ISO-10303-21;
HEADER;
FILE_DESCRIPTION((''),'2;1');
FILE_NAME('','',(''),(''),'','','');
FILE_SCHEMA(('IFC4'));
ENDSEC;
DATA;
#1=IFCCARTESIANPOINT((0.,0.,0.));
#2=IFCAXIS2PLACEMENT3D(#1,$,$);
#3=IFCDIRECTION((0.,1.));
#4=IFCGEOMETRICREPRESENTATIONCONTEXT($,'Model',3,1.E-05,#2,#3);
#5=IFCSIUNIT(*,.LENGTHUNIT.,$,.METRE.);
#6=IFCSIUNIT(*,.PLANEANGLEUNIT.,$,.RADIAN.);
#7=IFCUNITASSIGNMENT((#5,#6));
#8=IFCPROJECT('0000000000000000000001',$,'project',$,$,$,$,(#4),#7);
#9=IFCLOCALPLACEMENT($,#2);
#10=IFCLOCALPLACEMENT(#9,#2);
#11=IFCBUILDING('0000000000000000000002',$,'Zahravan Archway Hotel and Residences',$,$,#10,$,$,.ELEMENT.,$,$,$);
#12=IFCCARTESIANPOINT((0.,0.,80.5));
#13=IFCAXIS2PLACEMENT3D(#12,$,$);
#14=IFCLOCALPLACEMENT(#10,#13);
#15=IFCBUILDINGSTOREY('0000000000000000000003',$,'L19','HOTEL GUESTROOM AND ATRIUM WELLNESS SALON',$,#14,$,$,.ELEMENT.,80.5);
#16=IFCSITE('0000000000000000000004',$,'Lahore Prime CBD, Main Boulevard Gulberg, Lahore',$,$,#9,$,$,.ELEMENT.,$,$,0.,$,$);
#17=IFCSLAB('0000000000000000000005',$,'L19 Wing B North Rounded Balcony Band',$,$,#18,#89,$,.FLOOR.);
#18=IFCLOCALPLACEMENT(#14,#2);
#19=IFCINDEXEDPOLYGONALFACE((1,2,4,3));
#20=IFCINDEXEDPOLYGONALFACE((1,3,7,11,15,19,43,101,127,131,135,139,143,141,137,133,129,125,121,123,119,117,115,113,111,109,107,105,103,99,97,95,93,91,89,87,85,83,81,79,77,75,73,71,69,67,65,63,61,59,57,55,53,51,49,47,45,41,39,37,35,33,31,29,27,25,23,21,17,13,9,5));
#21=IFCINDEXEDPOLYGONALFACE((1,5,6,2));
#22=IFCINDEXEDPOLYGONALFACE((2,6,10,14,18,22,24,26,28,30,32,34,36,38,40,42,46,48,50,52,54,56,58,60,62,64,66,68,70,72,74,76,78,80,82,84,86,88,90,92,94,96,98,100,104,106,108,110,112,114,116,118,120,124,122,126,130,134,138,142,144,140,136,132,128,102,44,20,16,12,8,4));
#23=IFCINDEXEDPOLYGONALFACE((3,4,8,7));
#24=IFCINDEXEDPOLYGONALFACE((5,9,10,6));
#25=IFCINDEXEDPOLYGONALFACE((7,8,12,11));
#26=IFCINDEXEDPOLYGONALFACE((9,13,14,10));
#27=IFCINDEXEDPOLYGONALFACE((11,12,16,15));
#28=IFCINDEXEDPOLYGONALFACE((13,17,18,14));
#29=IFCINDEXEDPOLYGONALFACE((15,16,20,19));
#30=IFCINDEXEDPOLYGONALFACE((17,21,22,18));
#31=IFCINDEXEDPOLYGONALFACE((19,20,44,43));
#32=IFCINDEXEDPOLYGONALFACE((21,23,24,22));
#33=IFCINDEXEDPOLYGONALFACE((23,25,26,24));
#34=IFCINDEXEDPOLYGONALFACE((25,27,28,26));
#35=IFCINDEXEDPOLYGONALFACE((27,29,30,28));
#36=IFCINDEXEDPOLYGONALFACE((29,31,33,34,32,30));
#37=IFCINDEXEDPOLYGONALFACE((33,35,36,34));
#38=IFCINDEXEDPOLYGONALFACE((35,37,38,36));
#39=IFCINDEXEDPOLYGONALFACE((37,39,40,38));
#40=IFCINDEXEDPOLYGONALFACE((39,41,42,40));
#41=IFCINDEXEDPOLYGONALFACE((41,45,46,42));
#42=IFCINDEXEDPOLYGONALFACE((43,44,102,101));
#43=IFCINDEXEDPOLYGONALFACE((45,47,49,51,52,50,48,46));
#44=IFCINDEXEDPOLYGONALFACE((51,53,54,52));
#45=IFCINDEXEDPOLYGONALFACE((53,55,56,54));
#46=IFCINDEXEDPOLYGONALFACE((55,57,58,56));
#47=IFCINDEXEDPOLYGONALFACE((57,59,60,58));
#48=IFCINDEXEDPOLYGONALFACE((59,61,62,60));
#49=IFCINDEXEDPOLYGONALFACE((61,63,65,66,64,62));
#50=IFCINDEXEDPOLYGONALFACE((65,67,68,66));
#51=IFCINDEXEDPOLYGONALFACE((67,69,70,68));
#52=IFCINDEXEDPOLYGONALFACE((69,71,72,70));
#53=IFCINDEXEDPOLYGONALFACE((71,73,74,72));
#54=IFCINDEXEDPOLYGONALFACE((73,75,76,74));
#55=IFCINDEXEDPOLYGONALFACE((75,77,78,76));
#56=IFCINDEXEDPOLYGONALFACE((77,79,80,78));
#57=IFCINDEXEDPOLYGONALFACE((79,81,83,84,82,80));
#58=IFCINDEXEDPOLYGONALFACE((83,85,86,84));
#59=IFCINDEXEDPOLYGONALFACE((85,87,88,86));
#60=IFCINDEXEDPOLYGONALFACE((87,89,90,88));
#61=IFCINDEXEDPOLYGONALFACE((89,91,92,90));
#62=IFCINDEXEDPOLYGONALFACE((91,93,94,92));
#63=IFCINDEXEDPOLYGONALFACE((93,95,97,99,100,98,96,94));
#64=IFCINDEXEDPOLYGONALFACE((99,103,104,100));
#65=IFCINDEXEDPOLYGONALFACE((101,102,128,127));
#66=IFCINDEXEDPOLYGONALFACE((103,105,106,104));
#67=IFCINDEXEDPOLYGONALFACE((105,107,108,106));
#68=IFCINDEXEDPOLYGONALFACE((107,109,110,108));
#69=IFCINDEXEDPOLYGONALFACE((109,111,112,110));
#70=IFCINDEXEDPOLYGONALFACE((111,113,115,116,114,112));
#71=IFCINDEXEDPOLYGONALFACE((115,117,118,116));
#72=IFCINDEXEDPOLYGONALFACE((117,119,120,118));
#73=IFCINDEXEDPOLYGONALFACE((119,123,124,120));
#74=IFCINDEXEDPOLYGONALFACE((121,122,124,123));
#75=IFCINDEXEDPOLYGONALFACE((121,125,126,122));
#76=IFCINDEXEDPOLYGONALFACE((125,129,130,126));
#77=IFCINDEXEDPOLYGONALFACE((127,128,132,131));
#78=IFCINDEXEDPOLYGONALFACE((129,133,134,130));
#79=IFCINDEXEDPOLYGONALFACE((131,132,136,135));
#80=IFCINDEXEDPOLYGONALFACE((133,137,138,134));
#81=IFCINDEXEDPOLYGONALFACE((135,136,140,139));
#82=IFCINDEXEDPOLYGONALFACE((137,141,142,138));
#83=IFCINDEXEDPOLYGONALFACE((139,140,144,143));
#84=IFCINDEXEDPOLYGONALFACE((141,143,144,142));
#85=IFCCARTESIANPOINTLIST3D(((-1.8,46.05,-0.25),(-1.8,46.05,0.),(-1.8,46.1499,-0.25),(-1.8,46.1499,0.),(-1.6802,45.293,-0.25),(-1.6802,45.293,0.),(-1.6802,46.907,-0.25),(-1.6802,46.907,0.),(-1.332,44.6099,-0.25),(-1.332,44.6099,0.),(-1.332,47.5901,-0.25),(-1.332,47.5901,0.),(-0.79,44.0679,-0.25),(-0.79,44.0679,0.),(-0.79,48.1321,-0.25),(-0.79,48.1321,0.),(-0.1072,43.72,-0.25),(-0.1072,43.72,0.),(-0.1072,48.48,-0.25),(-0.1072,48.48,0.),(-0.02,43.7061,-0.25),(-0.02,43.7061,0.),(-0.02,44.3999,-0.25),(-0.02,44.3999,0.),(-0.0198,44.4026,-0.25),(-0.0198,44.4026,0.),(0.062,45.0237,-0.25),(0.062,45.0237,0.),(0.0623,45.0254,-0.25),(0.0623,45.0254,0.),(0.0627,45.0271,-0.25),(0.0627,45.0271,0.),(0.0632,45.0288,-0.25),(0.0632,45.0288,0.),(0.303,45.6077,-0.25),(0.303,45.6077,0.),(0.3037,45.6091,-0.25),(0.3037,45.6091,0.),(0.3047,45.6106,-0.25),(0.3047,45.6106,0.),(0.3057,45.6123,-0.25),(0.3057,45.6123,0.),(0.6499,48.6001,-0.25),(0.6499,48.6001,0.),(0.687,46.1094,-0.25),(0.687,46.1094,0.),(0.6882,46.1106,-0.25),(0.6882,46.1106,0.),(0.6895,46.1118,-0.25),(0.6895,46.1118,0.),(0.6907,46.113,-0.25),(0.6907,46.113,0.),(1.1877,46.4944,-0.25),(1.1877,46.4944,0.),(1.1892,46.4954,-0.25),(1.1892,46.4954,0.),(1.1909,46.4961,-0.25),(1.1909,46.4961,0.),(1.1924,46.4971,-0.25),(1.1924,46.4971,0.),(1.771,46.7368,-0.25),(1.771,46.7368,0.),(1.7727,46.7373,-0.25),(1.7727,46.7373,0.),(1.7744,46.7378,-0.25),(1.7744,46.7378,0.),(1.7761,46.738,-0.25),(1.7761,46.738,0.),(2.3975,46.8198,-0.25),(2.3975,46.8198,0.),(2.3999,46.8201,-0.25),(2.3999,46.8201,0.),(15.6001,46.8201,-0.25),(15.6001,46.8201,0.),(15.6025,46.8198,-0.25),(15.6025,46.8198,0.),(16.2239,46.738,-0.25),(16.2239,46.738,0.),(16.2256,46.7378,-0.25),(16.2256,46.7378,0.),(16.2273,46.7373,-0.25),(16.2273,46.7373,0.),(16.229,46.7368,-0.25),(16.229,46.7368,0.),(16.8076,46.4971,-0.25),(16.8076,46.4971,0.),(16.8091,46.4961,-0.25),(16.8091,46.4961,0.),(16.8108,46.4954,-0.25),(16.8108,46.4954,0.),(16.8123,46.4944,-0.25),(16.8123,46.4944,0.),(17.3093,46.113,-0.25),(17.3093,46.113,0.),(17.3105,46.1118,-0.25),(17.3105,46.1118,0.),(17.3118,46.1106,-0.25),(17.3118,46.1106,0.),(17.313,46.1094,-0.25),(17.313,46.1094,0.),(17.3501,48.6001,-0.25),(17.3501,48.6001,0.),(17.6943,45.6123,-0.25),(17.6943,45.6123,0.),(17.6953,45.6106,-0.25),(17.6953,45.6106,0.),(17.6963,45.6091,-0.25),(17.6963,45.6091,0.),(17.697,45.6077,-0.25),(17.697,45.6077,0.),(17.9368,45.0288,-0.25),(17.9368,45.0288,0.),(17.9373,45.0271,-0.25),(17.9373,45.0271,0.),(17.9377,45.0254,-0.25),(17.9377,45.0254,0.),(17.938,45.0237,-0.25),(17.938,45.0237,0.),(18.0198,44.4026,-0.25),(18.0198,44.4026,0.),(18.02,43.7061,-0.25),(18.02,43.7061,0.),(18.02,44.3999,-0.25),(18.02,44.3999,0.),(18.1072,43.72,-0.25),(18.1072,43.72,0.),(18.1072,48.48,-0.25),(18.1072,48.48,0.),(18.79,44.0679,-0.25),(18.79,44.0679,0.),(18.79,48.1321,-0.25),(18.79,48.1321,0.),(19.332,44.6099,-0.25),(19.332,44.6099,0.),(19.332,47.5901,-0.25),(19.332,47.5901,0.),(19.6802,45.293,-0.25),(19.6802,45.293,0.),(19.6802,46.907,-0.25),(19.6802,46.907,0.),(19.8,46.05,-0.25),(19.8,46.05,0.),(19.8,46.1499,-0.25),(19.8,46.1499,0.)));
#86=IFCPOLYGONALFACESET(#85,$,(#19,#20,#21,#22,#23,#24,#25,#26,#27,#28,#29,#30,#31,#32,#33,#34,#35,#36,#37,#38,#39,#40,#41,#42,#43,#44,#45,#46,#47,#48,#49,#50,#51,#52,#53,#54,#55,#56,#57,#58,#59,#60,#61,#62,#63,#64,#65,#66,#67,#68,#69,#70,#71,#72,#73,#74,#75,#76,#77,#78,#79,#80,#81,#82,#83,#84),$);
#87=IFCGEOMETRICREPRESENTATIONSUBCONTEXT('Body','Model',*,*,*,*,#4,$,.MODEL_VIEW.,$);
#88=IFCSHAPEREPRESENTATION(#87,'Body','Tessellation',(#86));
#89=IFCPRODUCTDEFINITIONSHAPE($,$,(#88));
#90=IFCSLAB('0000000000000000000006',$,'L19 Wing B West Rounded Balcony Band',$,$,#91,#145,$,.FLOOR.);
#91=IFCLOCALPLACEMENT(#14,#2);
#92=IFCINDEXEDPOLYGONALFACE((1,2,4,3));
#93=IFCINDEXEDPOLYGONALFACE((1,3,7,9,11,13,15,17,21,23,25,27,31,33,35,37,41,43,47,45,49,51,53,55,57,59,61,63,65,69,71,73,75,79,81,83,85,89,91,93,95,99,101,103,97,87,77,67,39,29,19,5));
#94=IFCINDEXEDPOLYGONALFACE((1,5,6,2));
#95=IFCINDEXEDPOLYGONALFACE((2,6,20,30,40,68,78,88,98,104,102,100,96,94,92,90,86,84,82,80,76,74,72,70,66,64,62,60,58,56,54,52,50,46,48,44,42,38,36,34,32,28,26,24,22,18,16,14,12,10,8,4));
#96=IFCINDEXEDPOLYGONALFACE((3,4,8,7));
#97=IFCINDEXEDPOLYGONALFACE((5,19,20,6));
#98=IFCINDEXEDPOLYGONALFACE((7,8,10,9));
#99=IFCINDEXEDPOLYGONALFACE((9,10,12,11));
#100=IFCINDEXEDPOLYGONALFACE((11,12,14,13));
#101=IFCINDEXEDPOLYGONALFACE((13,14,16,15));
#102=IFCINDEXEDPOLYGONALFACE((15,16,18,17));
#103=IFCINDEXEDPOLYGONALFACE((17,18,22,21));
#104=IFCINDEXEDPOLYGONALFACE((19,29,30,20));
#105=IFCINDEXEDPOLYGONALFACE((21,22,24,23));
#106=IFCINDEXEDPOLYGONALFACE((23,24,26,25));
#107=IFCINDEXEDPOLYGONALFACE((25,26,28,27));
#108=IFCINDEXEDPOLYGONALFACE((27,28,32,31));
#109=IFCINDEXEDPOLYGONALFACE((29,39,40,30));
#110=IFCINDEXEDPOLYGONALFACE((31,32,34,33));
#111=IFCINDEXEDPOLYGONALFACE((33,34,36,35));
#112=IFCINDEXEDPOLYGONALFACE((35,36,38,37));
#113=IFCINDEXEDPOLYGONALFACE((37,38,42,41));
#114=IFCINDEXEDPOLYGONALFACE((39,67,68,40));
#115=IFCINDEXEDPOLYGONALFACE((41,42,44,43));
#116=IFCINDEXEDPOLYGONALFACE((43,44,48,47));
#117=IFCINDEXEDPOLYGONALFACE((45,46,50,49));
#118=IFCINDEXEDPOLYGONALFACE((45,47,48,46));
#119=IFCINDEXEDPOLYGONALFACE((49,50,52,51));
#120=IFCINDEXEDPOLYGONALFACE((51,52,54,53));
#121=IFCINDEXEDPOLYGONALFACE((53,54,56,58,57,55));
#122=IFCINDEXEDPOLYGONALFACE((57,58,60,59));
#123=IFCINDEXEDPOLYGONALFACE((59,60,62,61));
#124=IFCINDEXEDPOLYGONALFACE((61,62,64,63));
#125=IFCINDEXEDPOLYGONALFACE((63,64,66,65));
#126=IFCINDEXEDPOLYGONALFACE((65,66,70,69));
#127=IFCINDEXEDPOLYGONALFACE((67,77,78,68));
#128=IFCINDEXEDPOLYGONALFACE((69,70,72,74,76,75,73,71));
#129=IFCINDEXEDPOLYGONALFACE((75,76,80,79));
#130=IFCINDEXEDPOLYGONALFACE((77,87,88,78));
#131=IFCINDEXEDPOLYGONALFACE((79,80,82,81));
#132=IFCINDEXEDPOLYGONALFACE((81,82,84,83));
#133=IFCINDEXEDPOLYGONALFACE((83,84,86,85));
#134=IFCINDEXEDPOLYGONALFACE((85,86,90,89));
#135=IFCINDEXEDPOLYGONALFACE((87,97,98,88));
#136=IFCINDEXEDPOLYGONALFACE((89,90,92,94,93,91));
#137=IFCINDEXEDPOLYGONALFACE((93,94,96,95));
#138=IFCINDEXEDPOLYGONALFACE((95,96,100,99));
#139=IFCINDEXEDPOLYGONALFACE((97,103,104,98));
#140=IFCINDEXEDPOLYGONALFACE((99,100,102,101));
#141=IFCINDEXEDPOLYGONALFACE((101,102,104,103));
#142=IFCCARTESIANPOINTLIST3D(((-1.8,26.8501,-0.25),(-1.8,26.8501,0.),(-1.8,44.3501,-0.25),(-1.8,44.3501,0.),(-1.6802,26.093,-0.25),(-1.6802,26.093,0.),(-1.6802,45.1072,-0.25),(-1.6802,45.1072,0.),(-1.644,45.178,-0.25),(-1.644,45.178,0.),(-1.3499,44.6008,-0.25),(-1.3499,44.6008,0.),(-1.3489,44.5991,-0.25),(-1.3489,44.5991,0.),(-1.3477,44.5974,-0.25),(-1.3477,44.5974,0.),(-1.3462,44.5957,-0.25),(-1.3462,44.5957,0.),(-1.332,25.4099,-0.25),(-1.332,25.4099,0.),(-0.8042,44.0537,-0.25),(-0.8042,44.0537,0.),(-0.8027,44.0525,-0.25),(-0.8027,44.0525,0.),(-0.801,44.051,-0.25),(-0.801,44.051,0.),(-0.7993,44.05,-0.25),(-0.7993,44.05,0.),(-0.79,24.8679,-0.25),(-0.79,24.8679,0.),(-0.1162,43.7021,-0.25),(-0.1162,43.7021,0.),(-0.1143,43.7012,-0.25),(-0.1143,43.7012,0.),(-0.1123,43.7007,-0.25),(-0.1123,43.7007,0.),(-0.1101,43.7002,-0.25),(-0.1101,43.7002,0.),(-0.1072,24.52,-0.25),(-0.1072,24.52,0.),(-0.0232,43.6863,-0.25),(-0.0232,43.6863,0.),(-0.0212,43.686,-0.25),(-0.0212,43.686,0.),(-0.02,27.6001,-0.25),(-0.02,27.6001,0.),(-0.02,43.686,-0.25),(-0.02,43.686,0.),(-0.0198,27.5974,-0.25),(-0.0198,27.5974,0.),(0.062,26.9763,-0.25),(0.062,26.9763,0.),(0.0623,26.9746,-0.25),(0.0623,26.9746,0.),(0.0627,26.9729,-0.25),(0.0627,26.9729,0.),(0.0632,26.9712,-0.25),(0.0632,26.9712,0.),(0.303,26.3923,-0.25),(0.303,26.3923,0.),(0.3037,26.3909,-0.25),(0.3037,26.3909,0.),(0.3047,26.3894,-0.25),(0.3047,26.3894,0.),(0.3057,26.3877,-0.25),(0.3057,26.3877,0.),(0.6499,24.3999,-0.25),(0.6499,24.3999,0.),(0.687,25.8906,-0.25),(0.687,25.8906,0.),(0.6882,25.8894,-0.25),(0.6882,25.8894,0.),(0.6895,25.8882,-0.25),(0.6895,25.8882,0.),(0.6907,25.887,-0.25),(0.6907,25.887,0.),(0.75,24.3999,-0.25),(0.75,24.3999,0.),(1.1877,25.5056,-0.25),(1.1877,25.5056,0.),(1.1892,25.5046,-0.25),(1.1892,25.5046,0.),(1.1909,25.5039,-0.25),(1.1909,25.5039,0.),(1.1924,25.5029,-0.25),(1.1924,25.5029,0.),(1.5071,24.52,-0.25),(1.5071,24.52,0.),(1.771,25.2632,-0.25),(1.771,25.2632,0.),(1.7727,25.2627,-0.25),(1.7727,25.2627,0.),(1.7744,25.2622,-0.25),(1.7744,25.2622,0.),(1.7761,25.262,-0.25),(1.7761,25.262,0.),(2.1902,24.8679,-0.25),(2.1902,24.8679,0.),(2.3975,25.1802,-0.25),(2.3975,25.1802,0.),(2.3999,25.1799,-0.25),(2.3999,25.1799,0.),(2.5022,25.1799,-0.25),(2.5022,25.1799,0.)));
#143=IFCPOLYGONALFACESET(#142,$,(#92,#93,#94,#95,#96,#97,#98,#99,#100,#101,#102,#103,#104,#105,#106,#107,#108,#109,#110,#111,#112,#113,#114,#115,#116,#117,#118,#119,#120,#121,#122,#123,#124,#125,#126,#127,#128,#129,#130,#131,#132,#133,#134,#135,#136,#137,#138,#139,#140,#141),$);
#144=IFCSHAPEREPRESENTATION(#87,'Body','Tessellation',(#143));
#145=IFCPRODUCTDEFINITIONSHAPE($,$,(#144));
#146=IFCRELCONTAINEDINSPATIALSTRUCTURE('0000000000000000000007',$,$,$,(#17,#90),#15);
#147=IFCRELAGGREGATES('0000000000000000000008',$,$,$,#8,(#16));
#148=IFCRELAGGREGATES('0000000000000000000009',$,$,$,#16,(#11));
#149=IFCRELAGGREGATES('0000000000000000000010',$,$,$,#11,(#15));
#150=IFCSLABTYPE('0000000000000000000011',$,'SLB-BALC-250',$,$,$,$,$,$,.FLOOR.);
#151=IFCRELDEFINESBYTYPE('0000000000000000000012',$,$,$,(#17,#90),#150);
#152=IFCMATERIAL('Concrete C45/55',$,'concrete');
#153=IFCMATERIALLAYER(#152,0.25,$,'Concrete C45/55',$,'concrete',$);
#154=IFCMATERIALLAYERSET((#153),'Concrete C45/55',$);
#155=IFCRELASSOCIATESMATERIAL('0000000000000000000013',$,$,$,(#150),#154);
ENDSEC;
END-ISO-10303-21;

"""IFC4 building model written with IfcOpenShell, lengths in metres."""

from ifc_helpers import new_model, si_unit, direction, frame, origin, place, context, subcontext, project, spatial, polyline, outline, extrude, material, layer, layer_set, type_object, element, save


model = new_model("IFC4")

# Units and contexts
model_context = context("Model", 3, precision=1e-05, world=origin(), true_north=direction((0.0, 1.0)))
body_context = subcontext(model_context, "Body", "Model", "MODEL_VIEW")
ifc_project = project(units=[si_unit("LENGTHUNIT", "METRE"), si_unit("PLANEANGLEUNIT", "RADIAN")], contexts=[model_context])

# Site, building, storey
site_placement = place(None, origin())
site = spatial("IfcSite", under=ifc_project, at=site_placement, Name="Lahore Prime CBD, Main Boulevard Gulberg, Lahore", CompositionType="ELEMENT", RefElevation=0.0)
building_placement = place(site_placement, origin())
building = spatial("IfcBuilding", under=site, at=building_placement, Name="Zahravan Archway Hotel and Residences", CompositionType="ELEMENT")
storey_placement = place(building_placement, frame((0.0, 0.0, 80.5)))
storey = spatial("IfcBuildingStorey", under=building, at=storey_placement, Name="L19", Description="HOTEL GUESTROOM AND ATRIUM WELLNESS SALON", CompositionType="ELEMENT", Elevation=80.5)

# Slabs
ifc_material_1 = material(Name="Concrete C45/55", Category="concrete")
ifc_layer_1 = layer(ifc_material_1, 0.25, Name="Concrete C45/55", Category="concrete")
ifc_layer_set_1 = layer_set([ifc_layer_1], Name="Concrete C45/55")
slab_type_1 = type_object("IfcSlabType", Name="SLB-BALC-250", PredefinedType="FLOOR", material=ifc_layer_set_1)
slab_1_placement = place(storey_placement, frame((0.0, 0.0, -0.25)))
element("IfcSlab", 1, at=slab_1_placement, inside=storey, type_object=slab_type_1, Name="L19 Wing B North Rounded Balcony Band", PredefinedType="FLOOR", context=body_context, shape_type="SweptSolid", body=[
    extrude(outline(polyline([(-0.1072, 43.72), (-0.79, 44.0679), (-1.332, 44.6099), (-1.6802, 45.293), (-1.8, 46.05), (-1.8, 46.1499), (-1.6802, 46.907), (-1.332, 47.5901), (-0.79, 48.1321), (-0.1072, 48.48), (0.6499, 48.6001), (17.3501, 48.6001), (18.1072, 48.48), (18.79, 48.1321), (19.332, 47.5901), (19.6802, 46.907), (19.8, 46.1499), (19.8, 46.05), (19.6802, 45.293), (19.332, 44.6099), (18.79, 44.0679), (18.1072, 43.72), (18.02, 43.7061), (18.02, 44.3999), (18.0198, 44.4026), (17.938, 45.0237), (17.9377, 45.0254), (17.9373, 45.0271), (17.9368, 45.0288), (17.697, 45.6077), (17.6963, 45.6091), (17.6953, 45.6106), (17.6943, 45.6123), (17.313, 46.1094), (17.3118, 46.1106), (17.3105, 46.1118), (17.3093, 46.113), (16.8123, 46.4944), (16.8108, 46.4954), (16.8091, 46.4961), (16.8076, 46.4971), (16.229, 46.7368), (16.2273, 46.7373), (16.2256, 46.7378), (16.2239, 46.738), (15.6025, 46.8198), (15.6001, 46.8201), (2.3999, 46.8201), (2.3975, 46.8198), (1.7761, 46.738), (1.7744, 46.7378), (1.7727, 46.7373), (1.771, 46.7368), (1.1924, 46.4971), (1.1909, 46.4961), (1.1892, 46.4954), (1.1877, 46.4944), (0.6907, 46.113), (0.6895, 46.1118), (0.6882, 46.1106), (0.687, 46.1094), (0.3057, 45.6123), (0.3047, 45.6106), (0.3037, 45.6091), (0.303, 45.6077), (0.0632, 45.0288), (0.0627, 45.0271), (0.0623, 45.0254), (0.062, 45.0237), (-0.0198, 44.4026), (-0.02, 44.3999), (-0.02, 43.7061), (-0.1072, 43.72)])), origin(), (0.0, 0.0, 1.0), 0.25),
])
slab_2_placement = place(storey_placement, frame((0.0, 0.0, -0.25)))
element("IfcSlab", 2, at=slab_2_placement, inside=storey, type_object=slab_type_1, Name="L19 Wing B West Rounded Balcony Band", PredefinedType="FLOOR", context=body_context, shape_type="SweptSolid", body=[
    extrude(outline(polyline([(2.1902, 24.8679), (1.5071, 24.52), (0.75, 24.3999), (0.6499, 24.3999), (-0.1072, 24.52), (-0.79, 24.8679), (-1.332, 25.4099), (-1.6802, 26.093), (-1.8, 26.8501), (-1.8, 44.3501), (-1.6802, 45.1072), (-1.644, 45.178), (-1.3499, 44.6008), (-1.3489, 44.5991), (-1.3477, 44.5974), (-1.3462, 44.5957), (-0.8042, 44.0537), (-0.8027, 44.0525), (-0.801, 44.051), (-0.7993, 44.05), (-0.1162, 43.7021), (-0.1143, 43.7012), (-0.1123, 43.7007), (-0.1101, 43.7002), (-0.0232, 43.6863), (-0.0212, 43.686), (-0.02, 43.686), (-0.02, 27.6001), (-0.0198, 27.5974), (0.062, 26.9763), (0.0623, 26.9746), (0.0627, 26.9729), (0.0632, 26.9712), (0.303, 26.3923), (0.3037, 26.3909), (0.3047, 26.3894), (0.3057, 26.3877), (0.687, 25.8906), (0.6882, 25.8894), (0.6895, 25.8882), (0.6907, 25.887), (1.1877, 25.5056), (1.1892, 25.5046), (1.1909, 25.5039), (1.1924, 25.5029), (1.771, 25.2632), (1.7727, 25.2627), (1.7744, 25.2622), (1.7761, 25.262), (2.3975, 25.1802), (2.3999, 25.1799), (2.5022, 25.1799), (2.1902, 24.8679)])), origin(), (0.0, 0.0, 1.0), 0.25),
])

save(model, "model.ifc")
